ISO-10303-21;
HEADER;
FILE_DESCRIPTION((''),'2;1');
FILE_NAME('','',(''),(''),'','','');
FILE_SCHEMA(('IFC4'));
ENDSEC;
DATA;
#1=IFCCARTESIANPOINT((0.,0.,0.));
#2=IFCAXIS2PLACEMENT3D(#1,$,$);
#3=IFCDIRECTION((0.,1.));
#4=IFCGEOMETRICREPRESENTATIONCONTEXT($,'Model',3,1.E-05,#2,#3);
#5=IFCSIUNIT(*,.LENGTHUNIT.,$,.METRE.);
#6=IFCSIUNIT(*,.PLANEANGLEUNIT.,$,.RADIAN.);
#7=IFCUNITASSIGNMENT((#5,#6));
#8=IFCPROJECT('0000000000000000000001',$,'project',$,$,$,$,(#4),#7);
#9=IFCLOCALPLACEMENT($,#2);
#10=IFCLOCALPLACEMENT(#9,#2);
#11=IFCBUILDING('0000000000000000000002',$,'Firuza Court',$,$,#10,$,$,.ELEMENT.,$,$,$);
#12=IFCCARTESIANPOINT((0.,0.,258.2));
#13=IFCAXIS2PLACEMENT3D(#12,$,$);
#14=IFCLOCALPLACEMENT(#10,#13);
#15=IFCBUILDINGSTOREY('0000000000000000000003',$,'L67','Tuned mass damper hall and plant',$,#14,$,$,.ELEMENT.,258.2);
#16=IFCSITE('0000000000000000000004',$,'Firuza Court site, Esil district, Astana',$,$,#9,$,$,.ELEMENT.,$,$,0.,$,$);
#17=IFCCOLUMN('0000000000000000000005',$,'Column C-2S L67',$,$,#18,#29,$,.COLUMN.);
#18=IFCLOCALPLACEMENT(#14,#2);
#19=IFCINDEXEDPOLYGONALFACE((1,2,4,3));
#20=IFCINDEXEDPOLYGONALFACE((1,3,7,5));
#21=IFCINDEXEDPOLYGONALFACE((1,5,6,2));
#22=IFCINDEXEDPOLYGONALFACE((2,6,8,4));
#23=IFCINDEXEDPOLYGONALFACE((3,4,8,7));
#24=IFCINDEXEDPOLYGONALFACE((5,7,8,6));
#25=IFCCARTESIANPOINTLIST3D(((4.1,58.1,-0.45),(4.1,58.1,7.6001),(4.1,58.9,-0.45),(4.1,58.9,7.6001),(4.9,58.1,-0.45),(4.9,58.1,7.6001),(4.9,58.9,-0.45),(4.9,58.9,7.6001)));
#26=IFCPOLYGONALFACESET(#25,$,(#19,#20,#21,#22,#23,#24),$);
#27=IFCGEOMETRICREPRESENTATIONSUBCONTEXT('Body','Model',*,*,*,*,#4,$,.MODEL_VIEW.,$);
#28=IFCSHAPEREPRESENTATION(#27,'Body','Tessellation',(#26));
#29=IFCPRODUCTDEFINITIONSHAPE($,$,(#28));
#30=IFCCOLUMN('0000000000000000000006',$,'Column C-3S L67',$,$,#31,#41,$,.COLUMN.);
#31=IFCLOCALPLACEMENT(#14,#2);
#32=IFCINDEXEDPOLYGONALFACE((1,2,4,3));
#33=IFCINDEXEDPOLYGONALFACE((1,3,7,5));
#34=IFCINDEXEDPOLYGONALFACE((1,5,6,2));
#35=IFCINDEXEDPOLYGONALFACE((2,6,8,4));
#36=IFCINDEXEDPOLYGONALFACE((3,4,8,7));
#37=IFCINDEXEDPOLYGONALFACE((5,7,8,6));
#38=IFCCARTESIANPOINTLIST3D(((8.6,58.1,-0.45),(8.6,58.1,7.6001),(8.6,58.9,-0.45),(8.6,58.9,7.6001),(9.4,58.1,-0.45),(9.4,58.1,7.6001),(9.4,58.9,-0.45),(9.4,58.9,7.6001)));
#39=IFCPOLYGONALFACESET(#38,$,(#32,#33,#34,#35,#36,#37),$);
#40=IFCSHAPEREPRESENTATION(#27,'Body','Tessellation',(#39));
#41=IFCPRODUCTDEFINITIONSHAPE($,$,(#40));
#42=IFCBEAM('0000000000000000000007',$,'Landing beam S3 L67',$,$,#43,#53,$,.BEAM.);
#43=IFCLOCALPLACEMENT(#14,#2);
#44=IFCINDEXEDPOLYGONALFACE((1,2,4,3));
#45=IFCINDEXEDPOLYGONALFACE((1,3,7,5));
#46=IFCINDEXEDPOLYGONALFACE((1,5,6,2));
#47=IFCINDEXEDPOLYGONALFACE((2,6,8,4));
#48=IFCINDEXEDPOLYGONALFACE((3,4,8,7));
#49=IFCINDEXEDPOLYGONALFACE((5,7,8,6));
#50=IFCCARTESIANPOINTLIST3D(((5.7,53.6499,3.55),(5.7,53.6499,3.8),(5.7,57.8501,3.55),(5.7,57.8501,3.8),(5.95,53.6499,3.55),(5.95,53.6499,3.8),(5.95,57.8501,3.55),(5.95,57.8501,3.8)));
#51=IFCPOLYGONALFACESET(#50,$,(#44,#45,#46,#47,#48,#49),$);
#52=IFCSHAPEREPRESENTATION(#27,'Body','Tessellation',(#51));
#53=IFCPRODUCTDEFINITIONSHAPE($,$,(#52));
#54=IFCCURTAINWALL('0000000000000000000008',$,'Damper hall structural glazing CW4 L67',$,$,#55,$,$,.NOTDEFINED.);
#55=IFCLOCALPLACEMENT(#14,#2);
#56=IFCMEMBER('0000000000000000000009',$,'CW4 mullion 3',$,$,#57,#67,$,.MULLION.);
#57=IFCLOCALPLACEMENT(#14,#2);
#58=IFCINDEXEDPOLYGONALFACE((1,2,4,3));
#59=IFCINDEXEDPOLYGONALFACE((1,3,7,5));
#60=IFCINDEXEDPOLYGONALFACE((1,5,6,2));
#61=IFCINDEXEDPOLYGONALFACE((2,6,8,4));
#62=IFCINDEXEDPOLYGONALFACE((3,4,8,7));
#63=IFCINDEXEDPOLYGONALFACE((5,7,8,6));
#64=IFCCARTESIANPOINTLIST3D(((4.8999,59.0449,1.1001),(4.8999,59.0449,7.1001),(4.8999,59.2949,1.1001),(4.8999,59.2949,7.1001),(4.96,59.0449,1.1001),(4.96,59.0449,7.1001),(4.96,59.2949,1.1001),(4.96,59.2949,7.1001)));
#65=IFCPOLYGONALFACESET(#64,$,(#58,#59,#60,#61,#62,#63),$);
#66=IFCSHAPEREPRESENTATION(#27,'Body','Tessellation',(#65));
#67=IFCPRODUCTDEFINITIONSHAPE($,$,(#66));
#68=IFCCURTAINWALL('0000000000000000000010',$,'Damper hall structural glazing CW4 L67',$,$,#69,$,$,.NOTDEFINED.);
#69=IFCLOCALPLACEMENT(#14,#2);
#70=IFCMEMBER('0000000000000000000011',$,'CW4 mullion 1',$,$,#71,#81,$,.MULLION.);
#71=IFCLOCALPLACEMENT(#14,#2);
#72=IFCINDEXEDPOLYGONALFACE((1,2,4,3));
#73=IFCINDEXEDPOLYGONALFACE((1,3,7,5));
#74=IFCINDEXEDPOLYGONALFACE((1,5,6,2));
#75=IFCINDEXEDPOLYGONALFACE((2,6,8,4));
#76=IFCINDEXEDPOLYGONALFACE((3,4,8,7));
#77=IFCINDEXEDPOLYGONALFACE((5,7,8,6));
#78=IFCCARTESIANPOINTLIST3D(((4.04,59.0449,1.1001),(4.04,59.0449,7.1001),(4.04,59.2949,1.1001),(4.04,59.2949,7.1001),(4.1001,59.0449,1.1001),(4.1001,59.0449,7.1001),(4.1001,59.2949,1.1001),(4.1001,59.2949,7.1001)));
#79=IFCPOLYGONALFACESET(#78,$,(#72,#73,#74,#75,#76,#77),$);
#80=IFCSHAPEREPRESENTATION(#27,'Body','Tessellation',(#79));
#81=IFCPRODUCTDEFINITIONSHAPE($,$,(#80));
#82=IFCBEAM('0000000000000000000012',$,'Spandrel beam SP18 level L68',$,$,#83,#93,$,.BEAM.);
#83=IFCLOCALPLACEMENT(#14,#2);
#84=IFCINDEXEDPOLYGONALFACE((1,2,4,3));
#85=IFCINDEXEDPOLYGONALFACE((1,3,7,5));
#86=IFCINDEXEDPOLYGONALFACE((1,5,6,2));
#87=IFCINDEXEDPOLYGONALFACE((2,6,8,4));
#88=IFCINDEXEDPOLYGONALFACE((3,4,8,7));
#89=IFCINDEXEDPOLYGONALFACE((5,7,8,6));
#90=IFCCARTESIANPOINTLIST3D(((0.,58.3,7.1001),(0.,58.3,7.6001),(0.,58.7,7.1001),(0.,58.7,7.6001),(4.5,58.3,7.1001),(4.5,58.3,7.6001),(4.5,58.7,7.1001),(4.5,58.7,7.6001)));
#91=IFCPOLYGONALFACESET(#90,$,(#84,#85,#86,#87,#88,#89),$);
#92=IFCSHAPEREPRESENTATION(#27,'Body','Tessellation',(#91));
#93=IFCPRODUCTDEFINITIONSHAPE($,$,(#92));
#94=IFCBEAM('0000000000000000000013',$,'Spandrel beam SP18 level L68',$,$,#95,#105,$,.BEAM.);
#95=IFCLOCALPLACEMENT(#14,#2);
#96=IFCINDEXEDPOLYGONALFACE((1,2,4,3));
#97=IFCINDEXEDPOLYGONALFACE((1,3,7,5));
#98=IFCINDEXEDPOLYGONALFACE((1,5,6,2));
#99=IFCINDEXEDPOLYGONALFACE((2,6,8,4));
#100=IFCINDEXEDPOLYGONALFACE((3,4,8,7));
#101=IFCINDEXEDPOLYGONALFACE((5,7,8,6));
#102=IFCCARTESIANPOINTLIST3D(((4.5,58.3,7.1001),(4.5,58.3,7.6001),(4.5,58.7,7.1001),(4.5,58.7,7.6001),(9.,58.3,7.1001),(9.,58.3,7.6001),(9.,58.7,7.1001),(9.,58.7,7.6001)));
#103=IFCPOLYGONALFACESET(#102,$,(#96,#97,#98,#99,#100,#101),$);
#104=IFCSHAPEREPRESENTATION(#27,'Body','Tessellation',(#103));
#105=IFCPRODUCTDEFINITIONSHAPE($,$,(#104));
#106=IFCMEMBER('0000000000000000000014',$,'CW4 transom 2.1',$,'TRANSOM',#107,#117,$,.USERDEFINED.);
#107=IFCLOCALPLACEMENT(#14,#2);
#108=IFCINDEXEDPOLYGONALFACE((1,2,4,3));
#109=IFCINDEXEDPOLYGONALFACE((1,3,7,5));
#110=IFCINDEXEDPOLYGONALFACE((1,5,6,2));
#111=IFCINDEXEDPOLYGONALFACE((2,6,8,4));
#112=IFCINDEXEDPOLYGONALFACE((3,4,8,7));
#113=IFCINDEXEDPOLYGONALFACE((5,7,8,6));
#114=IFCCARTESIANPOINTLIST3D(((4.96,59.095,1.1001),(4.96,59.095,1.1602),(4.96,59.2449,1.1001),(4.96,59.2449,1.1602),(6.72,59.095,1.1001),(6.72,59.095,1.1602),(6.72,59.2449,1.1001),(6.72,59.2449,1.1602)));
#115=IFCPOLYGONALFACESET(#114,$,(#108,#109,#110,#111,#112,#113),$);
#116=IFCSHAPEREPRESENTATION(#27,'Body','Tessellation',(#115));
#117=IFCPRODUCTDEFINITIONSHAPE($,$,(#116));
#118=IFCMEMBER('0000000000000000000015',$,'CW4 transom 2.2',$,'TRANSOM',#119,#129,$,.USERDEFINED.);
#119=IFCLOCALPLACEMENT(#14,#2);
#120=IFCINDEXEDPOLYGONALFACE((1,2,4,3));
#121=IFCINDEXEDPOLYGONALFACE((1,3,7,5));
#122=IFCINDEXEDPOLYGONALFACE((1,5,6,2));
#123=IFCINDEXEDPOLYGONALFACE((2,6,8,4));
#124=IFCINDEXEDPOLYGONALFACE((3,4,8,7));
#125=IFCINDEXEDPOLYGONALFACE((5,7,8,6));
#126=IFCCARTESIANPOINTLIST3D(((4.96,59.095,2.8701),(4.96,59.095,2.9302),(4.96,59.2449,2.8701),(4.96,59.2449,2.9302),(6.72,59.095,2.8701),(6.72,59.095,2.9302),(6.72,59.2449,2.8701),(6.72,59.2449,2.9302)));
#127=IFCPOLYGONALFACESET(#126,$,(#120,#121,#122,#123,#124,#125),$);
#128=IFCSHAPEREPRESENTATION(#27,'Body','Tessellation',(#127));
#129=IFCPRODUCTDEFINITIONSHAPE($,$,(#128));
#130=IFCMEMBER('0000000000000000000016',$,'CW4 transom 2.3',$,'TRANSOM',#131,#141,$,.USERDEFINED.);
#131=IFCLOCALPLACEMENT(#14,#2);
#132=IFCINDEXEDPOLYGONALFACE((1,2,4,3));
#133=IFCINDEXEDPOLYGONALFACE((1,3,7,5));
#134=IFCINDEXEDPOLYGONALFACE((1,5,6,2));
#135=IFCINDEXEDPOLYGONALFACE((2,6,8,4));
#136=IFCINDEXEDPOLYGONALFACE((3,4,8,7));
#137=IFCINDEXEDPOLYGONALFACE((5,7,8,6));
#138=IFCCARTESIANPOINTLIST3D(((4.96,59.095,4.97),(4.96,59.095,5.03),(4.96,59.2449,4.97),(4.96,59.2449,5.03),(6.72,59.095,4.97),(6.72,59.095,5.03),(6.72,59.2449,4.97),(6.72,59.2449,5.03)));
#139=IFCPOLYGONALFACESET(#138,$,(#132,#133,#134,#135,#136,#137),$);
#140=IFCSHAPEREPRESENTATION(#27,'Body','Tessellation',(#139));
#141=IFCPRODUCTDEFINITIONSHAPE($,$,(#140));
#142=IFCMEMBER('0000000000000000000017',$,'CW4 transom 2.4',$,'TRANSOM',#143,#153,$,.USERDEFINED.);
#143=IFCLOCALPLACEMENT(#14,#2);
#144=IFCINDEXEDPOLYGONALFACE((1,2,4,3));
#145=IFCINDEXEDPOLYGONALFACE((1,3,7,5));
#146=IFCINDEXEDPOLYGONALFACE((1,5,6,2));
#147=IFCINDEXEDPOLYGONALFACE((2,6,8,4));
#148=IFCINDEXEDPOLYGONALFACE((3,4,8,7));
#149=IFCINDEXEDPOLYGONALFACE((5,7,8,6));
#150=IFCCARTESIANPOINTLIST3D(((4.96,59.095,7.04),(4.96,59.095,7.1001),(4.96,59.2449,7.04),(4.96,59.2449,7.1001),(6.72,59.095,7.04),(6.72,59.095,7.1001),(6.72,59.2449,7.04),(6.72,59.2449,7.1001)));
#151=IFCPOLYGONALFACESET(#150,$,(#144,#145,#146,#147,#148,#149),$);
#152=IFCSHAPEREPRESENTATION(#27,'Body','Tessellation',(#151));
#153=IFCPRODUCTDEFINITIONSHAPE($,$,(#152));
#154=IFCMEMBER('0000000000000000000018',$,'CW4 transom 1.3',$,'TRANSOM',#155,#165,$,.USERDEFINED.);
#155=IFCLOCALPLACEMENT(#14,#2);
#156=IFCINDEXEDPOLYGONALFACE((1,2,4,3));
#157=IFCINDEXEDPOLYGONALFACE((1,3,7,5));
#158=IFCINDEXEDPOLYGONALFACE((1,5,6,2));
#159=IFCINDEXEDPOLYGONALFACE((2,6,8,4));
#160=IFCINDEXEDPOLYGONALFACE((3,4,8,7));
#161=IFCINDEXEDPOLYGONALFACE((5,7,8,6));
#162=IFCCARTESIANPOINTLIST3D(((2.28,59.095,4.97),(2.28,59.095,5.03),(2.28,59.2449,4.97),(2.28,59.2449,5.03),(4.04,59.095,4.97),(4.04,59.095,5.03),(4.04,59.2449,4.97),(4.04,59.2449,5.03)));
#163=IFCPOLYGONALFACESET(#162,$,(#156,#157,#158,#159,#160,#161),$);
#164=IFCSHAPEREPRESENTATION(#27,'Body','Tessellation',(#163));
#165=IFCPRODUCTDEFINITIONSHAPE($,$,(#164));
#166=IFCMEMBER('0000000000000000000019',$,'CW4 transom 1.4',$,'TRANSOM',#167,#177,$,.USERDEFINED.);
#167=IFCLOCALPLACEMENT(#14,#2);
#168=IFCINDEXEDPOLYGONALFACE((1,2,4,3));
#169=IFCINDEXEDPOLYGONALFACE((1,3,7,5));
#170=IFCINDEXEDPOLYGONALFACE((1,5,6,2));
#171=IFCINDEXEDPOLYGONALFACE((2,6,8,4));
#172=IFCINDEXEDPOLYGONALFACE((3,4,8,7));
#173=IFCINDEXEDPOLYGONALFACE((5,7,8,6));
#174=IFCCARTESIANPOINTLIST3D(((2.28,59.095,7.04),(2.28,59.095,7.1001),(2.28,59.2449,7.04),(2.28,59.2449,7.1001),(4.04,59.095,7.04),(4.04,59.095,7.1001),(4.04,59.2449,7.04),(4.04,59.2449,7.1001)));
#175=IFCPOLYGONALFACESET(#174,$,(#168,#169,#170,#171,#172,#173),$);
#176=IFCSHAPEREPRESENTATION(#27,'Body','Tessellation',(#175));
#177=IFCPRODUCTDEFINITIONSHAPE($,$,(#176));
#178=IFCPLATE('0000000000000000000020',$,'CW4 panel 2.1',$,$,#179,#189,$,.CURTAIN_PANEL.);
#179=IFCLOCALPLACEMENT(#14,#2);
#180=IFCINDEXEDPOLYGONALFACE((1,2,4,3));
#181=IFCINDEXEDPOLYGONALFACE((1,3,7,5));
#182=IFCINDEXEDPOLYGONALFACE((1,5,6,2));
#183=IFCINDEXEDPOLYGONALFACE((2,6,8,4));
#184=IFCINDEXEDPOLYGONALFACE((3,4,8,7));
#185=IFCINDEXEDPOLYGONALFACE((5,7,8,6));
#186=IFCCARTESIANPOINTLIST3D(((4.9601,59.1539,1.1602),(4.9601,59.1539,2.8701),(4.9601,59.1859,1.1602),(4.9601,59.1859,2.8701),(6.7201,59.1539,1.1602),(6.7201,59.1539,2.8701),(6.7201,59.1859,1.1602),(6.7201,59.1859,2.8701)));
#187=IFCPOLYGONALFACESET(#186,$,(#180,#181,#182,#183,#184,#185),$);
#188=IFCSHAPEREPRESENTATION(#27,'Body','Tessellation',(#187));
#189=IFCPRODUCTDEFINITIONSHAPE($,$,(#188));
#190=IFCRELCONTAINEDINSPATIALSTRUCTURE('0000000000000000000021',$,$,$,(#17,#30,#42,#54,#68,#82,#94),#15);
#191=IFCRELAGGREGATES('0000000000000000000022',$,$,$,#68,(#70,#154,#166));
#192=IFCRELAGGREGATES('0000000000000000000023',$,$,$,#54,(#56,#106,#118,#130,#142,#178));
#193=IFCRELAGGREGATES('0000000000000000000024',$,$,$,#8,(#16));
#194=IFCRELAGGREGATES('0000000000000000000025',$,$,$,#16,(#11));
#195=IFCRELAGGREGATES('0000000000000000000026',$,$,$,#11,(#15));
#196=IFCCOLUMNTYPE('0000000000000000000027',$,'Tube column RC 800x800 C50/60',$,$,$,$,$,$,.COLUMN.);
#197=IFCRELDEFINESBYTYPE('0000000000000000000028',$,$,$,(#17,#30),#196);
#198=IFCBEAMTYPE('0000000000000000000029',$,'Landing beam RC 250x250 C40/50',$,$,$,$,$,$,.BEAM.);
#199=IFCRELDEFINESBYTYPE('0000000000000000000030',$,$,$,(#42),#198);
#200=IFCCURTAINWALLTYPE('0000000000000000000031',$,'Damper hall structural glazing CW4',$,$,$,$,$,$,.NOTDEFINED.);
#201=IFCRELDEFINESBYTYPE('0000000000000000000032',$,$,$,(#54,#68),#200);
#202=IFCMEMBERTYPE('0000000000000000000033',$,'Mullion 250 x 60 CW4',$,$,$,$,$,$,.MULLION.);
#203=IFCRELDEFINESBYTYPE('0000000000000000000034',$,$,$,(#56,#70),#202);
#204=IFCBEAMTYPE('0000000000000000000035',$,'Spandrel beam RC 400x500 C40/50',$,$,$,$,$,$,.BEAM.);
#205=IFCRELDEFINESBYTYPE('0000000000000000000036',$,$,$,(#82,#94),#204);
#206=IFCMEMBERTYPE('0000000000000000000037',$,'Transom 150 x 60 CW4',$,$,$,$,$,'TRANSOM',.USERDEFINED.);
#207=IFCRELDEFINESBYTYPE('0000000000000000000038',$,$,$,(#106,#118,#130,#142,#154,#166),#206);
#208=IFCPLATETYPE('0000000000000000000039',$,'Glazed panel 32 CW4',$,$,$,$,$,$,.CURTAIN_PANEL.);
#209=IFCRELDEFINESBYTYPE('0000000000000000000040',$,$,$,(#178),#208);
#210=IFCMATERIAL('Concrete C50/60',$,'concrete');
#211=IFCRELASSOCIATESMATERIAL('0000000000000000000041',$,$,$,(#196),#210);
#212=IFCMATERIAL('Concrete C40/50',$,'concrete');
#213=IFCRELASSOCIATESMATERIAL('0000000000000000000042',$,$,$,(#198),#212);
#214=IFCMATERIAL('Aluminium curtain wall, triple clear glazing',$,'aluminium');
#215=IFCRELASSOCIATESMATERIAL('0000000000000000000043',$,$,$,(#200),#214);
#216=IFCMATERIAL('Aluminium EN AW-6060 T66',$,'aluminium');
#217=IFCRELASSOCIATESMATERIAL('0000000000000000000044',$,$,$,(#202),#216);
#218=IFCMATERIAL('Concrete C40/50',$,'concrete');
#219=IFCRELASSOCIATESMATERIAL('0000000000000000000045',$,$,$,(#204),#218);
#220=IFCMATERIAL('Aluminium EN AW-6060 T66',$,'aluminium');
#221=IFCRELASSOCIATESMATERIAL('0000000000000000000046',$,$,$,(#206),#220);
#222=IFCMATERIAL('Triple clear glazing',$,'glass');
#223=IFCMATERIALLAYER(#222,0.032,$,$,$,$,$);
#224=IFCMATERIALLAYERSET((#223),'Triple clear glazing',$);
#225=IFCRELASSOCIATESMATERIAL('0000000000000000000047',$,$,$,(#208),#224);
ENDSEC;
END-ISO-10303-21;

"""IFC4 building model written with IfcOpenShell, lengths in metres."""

from ifc_helpers import new_model, si_unit, direction, frame, origin, origin_2d, place, context, subcontext, project, spatial, rectangle, extrude, material, layer, layer_set, material_profile, profile_set, type_object, element, aggregate, save


model = new_model("IFC4")

# Units and contexts
model_context = context("Model", 3, precision=1e-05, world=origin(), true_north=direction((0.0, 1.0)))
body_context = subcontext(model_context, "Body", "Model", "MODEL_VIEW")
ifc_project = project(units=[si_unit("LENGTHUNIT", "METRE"), si_unit("PLANEANGLEUNIT", "RADIAN")], contexts=[model_context])

# Site, building, storey
site_placement = place(None, origin())
site = spatial("IfcSite", under=ifc_project, at=site_placement, Name="Firuza Court site, Esil district, Astana", CompositionType="ELEMENT", RefElevation=0.0)
building_placement = place(site_placement, origin())
building = spatial("IfcBuilding", under=site, at=building_placement, Name="Firuza Court", CompositionType="ELEMENT")
storey_placement = place(building_placement, frame((0.0, 0.0, 258.2)))
storey = spatial("IfcBuildingStorey", under=building, at=storey_placement, Name="L67", Description="Tuned mass damper hall and plant", CompositionType="ELEMENT", Elevation=258.2)

# Columns
ifc_material_1 = material(Name="Concrete C50/60", Category="concrete")
ifc_material_profile_1 = material_profile(ifc_material_1, rectangle(XDim=0.8, YDim=0.8, at=origin_2d()), Name="RC 800x800")
ifc_profile_set_1 = profile_set([ifc_material_profile_1], Name="Concrete C50/60")
column_type = type_object("IfcColumnType", Name="Tube column RC 800x800 C50/60", PredefinedType="COLUMN", material=ifc_profile_set_1)
for number, where, z_axis, x_axis, name in (
    (1, (4.5, 58.5, -0.45), (0.0, 0.0, 1.0), (1.0, 0.0, 0.0), "Column C-2S L67"),
    (2, (9.0, 58.5, -0.45), (0.0, 0.0, 1.0), (1.0, 0.0, 0.0), "Column C-3S L67"),
):
    element("IfcColumn", number, at=place(storey_placement, frame(where, z_axis=z_axis, x_axis=x_axis)), inside=storey, type_object=column_type, Name=name, PredefinedType="COLUMN", context=body_context, shape_type="SweptSolid", body=[
        extrude(rectangle(XDim=0.8, YDim=0.8, at=origin_2d()), origin(), (0.0, 0.0, 1.0), 8.05),
    ])

# Beam
ifc_material_2 = material(Name="Concrete C40/50", Category="concrete")
ifc_material_profile_2 = material_profile(ifc_material_2, rectangle(XDim=0.25, YDim=0.25, at=origin_2d()), Name="RC 250x250")
ifc_profile_set_2 = profile_set([ifc_material_profile_2], Name="Concrete C40/50")
beam_type_1 = type_object("IfcBeamType", Name="Landing beam RC 250x250 C40/50", PredefinedType="BEAM", material=ifc_profile_set_2)
beam_placement = place(storey_placement, frame((5.825, 53.6499, 3.675), z_axis=(0.0, 1.0, 0.0), x_axis=(-1.0, 0.0, 0.0)))
element("IfcBeam", 3, at=beam_placement, inside=storey, type_object=beam_type_1, Name="Landing beam S3 L67", PredefinedType="BEAM", context=body_context, shape_type="SweptSolid", body=[
    extrude(rectangle(XDim=0.25, YDim=0.25, at=origin_2d()), origin(), (0.0, 0.0, 1.0), 4.2002),
])

# Curtain walls, members
ifc_material_3 = material(Name="Aluminium curtain wall, triple clear glazing", Category="aluminium")
curtain_wall_type = type_object("IfcCurtainWallType", Name="Damper hall structural glazing CW4", PredefinedType="NOTDEFINED", material=ifc_material_3)
curtain_wall_1_placement = place(storey_placement, origin())
curtain_wall_1 = element("IfcCurtainWall", 4, at=curtain_wall_1_placement, inside=storey, type_object=curtain_wall_type, Name="Damper hall structural glazing CW4 L67", PredefinedType="NOTDEFINED")
ifc_material_4 = material(Name="Aluminium EN AW-6060 T66", Category="aluminium")
ifc_material_profile_3 = material_profile(ifc_material_4, rectangle(XDim=0.25, YDim=0.0601, at=origin_2d()), Name="Mullion 250 x 60 CW4")
ifc_profile_set_3 = profile_set([ifc_material_profile_3], Name="Aluminium EN AW-6060 T66")
member_type_1 = type_object("IfcMemberType", Name="Mullion 250 x 60 CW4", PredefinedType="MULLION", material=ifc_profile_set_3)
member_1_placement = place(storey_placement, frame((4.9299, 59.1699, 1.1001), z_axis=(0.0, 0.0, 1.0), x_axis=(0.0, -1.0, 0.0)))
member_1 = element("IfcMember", 5, at=member_1_placement, type_object=member_type_1, Name="CW4 mullion 3", PredefinedType="MULLION", context=body_context, shape_type="SweptSolid", body=[
    extrude(rectangle(XDim=0.25, YDim=0.0601, at=origin_2d()), origin(), (0.0, 0.0, 1.0), 6.0),
])
curtain_wall_2_placement = place(storey_placement, origin())
curtain_wall_2 = element("IfcCurtainWall", 6, at=curtain_wall_2_placement, inside=storey, type_object=curtain_wall_type, Name="Damper hall structural glazing CW4 L67", PredefinedType="NOTDEFINED")
member_2_placement = place(storey_placement, frame((4.0701, 59.1699, 1.1001), z_axis=(0.0, 0.0, 1.0), x_axis=(0.0, -1.0, 0.0)))
member_2 = element("IfcMember", 7, at=member_2_placement, type_object=member_type_1, Name="CW4 mullion 1", PredefinedType="MULLION", context=body_context, shape_type="SweptSolid", body=[
    extrude(rectangle(XDim=0.25, YDim=0.0601, at=origin_2d()), origin(), (0.0, 0.0, 1.0), 6.0),
])

# Beams
ifc_material_5 = material(Name="Concrete C40/50", Category="concrete")
ifc_material_profile_4 = material_profile(ifc_material_5, rectangle(XDim=0.3999, YDim=0.5, at=origin_2d()), Name="RC 400x500")
ifc_profile_set_4 = profile_set([ifc_material_profile_4], Name="Concrete C40/50")
beam_type_2 = type_object("IfcBeamType", Name="Spandrel beam RC 400x500 C40/50", PredefinedType="BEAM", material=ifc_profile_set_4)
for number, where, z_axis, x_axis, name in (
    (8, (4.5, 58.5, 7.3501), (-1.0, 0.0, 0.0), (0.0, -1.0, 0.0), "Spandrel beam SP18 level L68"),
    (9, (9.0, 58.5, 7.3501), (-1.0, 0.0, 0.0), (0.0, -1.0, 0.0), "Spandrel beam SP18 level L68"),
):
    element("IfcBeam", number, at=place(storey_placement, frame(where, z_axis=z_axis, x_axis=x_axis)), inside=storey, type_object=beam_type_2, Name=name, PredefinedType="BEAM", context=body_context, shape_type="SweptSolid", body=[
        extrude(rectangle(XDim=0.3999, YDim=0.5, at=origin_2d()), origin(), (0.0, 0.0, 1.0), 4.5),
    ])

# Members
ifc_material_6 = material(Name="Aluminium EN AW-6060 T66", Category="aluminium")
ifc_material_profile_5 = material_profile(ifc_material_6, rectangle(XDim=0.1499, YDim=0.0601, at=origin_2d()), Name="Transom 150 x 60 CW4")
ifc_profile_set_5 = profile_set([ifc_material_profile_5], Name="Aluminium EN AW-6060 T66")
member_type_2 = type_object("IfcMemberType", Name="Transom 150 x 60 CW4", ElementType="TRANSOM", PredefinedType="USERDEFINED", material=ifc_profile_set_5)
member_3_placement = place(storey_placement, frame((6.72, 59.1699, 1.1301), z_axis=(-1.0, 0.0, 0.0), x_axis=(0.0, -1.0, 0.0)))
member_3 = element("IfcMember", 10, at=member_3_placement, type_object=member_type_2, Name="CW4 transom 2.1", ObjectType="TRANSOM", PredefinedType="USERDEFINED", context=body_context, shape_type="SweptSolid", body=[
    extrude(rectangle(XDim=0.1499, YDim=0.0601, at=origin_2d()), origin(), (0.0, 0.0, 1.0), 1.76),
])
member_4_placement = place(storey_placement, frame((6.72, 59.1699, 2.9001), z_axis=(-1.0, 0.0, 0.0), x_axis=(0.0, -1.0, 0.0)))
member_4 = element("IfcMember", 11, at=member_4_placement, type_object=member_type_2, Name="CW4 transom 2.2", ObjectType="TRANSOM", PredefinedType="USERDEFINED", context=body_context, shape_type="SweptSolid", body=[
    extrude(rectangle(XDim=0.1499, YDim=0.0601, at=origin_2d()), origin(), (0.0, 0.0, 1.0), 1.76),
])
member_5_placement = place(storey_placement, frame((6.72, 59.1699, 5.0), z_axis=(-1.0, 0.0, 0.0), x_axis=(0.0, -1.0, 0.0)))
member_5 = element("IfcMember", 12, at=member_5_placement, type_object=member_type_2, Name="CW4 transom 2.3", ObjectType="TRANSOM", PredefinedType="USERDEFINED", context=body_context, shape_type="SweptSolid", body=[
    extrude(rectangle(XDim=0.1499, YDim=0.0601, at=origin_2d()), origin(), (0.0, 0.0, 1.0), 1.76),
])
member_6_placement = place(storey_placement, frame((6.72, 59.1699, 7.0701), z_axis=(-1.0, 0.0, 0.0), x_axis=(0.0, -1.0, 0.0)))
member_6 = element("IfcMember", 13, at=member_6_placement, type_object=member_type_2, Name="CW4 transom 2.4", ObjectType="TRANSOM", PredefinedType="USERDEFINED", context=body_context, shape_type="SweptSolid", body=[
    extrude(rectangle(XDim=0.1499, YDim=0.0601, at=origin_2d()), origin(), (0.0, 0.0, 1.0), 1.76),
])
member_7_placement = place(storey_placement, frame((4.04, 59.1699, 5.0), z_axis=(-1.0, 0.0, 0.0), x_axis=(0.0, -1.0, 0.0)))
member_7 = element("IfcMember", 14, at=member_7_placement, type_object=member_type_2, Name="CW4 transom 1.3", ObjectType="TRANSOM", PredefinedType="USERDEFINED", context=body_context, shape_type="SweptSolid", body=[
    extrude(rectangle(XDim=0.1499, YDim=0.0601, at=origin_2d()), origin(), (0.0, 0.0, 1.0), 1.76),
])
member_8_placement = place(storey_placement, frame((4.04, 59.1699, 7.0701), z_axis=(-1.0, 0.0, 0.0), x_axis=(0.0, -1.0, 0.0)))
member_8 = element("IfcMember", 15, at=member_8_placement, type_object=member_type_2, Name="CW4 transom 1.4", ObjectType="TRANSOM", PredefinedType="USERDEFINED", context=body_context, shape_type="SweptSolid", body=[
    extrude(rectangle(XDim=0.1499, YDim=0.0601, at=origin_2d()), origin(), (0.0, 0.0, 1.0), 1.76),
])
aggregate(curtain_wall_2, [member_2, member_7, member_8])

# Plate
ifc_material_7 = material(Name="Triple clear glazing", Category="glass")
ifc_layer_1 = layer(ifc_material_7, 0.032)
ifc_layer_set_1 = layer_set([ifc_layer_1], Name="Triple clear glazing")
plate_type = type_object("IfcPlateType", Name="Glazed panel 32 CW4", PredefinedType="CURTAIN_PANEL", material=ifc_layer_set_1)
plate_1_placement = place(storey_placement, frame((5.8401, 59.1699, 1.1602), z_axis=(0.0, 0.0, 1.0), x_axis=(-1.0, 0.0, 0.0)))
plate_1 = element("IfcPlate", 16, at=plate_1_placement, type_object=plate_type, Name="CW4 panel 2.1", PredefinedType="CURTAIN_PANEL", context=body_context, shape_type="SweptSolid", body=[
    extrude(rectangle(XDim=1.76, YDim=0.032, at=origin_2d()), origin(), (0.0, 0.0, 1.0), 1.71),
])
aggregate(curtain_wall_1, [member_1, member_3, member_4, member_5, member_6, plate_1])

save(model, "model.ifc")
